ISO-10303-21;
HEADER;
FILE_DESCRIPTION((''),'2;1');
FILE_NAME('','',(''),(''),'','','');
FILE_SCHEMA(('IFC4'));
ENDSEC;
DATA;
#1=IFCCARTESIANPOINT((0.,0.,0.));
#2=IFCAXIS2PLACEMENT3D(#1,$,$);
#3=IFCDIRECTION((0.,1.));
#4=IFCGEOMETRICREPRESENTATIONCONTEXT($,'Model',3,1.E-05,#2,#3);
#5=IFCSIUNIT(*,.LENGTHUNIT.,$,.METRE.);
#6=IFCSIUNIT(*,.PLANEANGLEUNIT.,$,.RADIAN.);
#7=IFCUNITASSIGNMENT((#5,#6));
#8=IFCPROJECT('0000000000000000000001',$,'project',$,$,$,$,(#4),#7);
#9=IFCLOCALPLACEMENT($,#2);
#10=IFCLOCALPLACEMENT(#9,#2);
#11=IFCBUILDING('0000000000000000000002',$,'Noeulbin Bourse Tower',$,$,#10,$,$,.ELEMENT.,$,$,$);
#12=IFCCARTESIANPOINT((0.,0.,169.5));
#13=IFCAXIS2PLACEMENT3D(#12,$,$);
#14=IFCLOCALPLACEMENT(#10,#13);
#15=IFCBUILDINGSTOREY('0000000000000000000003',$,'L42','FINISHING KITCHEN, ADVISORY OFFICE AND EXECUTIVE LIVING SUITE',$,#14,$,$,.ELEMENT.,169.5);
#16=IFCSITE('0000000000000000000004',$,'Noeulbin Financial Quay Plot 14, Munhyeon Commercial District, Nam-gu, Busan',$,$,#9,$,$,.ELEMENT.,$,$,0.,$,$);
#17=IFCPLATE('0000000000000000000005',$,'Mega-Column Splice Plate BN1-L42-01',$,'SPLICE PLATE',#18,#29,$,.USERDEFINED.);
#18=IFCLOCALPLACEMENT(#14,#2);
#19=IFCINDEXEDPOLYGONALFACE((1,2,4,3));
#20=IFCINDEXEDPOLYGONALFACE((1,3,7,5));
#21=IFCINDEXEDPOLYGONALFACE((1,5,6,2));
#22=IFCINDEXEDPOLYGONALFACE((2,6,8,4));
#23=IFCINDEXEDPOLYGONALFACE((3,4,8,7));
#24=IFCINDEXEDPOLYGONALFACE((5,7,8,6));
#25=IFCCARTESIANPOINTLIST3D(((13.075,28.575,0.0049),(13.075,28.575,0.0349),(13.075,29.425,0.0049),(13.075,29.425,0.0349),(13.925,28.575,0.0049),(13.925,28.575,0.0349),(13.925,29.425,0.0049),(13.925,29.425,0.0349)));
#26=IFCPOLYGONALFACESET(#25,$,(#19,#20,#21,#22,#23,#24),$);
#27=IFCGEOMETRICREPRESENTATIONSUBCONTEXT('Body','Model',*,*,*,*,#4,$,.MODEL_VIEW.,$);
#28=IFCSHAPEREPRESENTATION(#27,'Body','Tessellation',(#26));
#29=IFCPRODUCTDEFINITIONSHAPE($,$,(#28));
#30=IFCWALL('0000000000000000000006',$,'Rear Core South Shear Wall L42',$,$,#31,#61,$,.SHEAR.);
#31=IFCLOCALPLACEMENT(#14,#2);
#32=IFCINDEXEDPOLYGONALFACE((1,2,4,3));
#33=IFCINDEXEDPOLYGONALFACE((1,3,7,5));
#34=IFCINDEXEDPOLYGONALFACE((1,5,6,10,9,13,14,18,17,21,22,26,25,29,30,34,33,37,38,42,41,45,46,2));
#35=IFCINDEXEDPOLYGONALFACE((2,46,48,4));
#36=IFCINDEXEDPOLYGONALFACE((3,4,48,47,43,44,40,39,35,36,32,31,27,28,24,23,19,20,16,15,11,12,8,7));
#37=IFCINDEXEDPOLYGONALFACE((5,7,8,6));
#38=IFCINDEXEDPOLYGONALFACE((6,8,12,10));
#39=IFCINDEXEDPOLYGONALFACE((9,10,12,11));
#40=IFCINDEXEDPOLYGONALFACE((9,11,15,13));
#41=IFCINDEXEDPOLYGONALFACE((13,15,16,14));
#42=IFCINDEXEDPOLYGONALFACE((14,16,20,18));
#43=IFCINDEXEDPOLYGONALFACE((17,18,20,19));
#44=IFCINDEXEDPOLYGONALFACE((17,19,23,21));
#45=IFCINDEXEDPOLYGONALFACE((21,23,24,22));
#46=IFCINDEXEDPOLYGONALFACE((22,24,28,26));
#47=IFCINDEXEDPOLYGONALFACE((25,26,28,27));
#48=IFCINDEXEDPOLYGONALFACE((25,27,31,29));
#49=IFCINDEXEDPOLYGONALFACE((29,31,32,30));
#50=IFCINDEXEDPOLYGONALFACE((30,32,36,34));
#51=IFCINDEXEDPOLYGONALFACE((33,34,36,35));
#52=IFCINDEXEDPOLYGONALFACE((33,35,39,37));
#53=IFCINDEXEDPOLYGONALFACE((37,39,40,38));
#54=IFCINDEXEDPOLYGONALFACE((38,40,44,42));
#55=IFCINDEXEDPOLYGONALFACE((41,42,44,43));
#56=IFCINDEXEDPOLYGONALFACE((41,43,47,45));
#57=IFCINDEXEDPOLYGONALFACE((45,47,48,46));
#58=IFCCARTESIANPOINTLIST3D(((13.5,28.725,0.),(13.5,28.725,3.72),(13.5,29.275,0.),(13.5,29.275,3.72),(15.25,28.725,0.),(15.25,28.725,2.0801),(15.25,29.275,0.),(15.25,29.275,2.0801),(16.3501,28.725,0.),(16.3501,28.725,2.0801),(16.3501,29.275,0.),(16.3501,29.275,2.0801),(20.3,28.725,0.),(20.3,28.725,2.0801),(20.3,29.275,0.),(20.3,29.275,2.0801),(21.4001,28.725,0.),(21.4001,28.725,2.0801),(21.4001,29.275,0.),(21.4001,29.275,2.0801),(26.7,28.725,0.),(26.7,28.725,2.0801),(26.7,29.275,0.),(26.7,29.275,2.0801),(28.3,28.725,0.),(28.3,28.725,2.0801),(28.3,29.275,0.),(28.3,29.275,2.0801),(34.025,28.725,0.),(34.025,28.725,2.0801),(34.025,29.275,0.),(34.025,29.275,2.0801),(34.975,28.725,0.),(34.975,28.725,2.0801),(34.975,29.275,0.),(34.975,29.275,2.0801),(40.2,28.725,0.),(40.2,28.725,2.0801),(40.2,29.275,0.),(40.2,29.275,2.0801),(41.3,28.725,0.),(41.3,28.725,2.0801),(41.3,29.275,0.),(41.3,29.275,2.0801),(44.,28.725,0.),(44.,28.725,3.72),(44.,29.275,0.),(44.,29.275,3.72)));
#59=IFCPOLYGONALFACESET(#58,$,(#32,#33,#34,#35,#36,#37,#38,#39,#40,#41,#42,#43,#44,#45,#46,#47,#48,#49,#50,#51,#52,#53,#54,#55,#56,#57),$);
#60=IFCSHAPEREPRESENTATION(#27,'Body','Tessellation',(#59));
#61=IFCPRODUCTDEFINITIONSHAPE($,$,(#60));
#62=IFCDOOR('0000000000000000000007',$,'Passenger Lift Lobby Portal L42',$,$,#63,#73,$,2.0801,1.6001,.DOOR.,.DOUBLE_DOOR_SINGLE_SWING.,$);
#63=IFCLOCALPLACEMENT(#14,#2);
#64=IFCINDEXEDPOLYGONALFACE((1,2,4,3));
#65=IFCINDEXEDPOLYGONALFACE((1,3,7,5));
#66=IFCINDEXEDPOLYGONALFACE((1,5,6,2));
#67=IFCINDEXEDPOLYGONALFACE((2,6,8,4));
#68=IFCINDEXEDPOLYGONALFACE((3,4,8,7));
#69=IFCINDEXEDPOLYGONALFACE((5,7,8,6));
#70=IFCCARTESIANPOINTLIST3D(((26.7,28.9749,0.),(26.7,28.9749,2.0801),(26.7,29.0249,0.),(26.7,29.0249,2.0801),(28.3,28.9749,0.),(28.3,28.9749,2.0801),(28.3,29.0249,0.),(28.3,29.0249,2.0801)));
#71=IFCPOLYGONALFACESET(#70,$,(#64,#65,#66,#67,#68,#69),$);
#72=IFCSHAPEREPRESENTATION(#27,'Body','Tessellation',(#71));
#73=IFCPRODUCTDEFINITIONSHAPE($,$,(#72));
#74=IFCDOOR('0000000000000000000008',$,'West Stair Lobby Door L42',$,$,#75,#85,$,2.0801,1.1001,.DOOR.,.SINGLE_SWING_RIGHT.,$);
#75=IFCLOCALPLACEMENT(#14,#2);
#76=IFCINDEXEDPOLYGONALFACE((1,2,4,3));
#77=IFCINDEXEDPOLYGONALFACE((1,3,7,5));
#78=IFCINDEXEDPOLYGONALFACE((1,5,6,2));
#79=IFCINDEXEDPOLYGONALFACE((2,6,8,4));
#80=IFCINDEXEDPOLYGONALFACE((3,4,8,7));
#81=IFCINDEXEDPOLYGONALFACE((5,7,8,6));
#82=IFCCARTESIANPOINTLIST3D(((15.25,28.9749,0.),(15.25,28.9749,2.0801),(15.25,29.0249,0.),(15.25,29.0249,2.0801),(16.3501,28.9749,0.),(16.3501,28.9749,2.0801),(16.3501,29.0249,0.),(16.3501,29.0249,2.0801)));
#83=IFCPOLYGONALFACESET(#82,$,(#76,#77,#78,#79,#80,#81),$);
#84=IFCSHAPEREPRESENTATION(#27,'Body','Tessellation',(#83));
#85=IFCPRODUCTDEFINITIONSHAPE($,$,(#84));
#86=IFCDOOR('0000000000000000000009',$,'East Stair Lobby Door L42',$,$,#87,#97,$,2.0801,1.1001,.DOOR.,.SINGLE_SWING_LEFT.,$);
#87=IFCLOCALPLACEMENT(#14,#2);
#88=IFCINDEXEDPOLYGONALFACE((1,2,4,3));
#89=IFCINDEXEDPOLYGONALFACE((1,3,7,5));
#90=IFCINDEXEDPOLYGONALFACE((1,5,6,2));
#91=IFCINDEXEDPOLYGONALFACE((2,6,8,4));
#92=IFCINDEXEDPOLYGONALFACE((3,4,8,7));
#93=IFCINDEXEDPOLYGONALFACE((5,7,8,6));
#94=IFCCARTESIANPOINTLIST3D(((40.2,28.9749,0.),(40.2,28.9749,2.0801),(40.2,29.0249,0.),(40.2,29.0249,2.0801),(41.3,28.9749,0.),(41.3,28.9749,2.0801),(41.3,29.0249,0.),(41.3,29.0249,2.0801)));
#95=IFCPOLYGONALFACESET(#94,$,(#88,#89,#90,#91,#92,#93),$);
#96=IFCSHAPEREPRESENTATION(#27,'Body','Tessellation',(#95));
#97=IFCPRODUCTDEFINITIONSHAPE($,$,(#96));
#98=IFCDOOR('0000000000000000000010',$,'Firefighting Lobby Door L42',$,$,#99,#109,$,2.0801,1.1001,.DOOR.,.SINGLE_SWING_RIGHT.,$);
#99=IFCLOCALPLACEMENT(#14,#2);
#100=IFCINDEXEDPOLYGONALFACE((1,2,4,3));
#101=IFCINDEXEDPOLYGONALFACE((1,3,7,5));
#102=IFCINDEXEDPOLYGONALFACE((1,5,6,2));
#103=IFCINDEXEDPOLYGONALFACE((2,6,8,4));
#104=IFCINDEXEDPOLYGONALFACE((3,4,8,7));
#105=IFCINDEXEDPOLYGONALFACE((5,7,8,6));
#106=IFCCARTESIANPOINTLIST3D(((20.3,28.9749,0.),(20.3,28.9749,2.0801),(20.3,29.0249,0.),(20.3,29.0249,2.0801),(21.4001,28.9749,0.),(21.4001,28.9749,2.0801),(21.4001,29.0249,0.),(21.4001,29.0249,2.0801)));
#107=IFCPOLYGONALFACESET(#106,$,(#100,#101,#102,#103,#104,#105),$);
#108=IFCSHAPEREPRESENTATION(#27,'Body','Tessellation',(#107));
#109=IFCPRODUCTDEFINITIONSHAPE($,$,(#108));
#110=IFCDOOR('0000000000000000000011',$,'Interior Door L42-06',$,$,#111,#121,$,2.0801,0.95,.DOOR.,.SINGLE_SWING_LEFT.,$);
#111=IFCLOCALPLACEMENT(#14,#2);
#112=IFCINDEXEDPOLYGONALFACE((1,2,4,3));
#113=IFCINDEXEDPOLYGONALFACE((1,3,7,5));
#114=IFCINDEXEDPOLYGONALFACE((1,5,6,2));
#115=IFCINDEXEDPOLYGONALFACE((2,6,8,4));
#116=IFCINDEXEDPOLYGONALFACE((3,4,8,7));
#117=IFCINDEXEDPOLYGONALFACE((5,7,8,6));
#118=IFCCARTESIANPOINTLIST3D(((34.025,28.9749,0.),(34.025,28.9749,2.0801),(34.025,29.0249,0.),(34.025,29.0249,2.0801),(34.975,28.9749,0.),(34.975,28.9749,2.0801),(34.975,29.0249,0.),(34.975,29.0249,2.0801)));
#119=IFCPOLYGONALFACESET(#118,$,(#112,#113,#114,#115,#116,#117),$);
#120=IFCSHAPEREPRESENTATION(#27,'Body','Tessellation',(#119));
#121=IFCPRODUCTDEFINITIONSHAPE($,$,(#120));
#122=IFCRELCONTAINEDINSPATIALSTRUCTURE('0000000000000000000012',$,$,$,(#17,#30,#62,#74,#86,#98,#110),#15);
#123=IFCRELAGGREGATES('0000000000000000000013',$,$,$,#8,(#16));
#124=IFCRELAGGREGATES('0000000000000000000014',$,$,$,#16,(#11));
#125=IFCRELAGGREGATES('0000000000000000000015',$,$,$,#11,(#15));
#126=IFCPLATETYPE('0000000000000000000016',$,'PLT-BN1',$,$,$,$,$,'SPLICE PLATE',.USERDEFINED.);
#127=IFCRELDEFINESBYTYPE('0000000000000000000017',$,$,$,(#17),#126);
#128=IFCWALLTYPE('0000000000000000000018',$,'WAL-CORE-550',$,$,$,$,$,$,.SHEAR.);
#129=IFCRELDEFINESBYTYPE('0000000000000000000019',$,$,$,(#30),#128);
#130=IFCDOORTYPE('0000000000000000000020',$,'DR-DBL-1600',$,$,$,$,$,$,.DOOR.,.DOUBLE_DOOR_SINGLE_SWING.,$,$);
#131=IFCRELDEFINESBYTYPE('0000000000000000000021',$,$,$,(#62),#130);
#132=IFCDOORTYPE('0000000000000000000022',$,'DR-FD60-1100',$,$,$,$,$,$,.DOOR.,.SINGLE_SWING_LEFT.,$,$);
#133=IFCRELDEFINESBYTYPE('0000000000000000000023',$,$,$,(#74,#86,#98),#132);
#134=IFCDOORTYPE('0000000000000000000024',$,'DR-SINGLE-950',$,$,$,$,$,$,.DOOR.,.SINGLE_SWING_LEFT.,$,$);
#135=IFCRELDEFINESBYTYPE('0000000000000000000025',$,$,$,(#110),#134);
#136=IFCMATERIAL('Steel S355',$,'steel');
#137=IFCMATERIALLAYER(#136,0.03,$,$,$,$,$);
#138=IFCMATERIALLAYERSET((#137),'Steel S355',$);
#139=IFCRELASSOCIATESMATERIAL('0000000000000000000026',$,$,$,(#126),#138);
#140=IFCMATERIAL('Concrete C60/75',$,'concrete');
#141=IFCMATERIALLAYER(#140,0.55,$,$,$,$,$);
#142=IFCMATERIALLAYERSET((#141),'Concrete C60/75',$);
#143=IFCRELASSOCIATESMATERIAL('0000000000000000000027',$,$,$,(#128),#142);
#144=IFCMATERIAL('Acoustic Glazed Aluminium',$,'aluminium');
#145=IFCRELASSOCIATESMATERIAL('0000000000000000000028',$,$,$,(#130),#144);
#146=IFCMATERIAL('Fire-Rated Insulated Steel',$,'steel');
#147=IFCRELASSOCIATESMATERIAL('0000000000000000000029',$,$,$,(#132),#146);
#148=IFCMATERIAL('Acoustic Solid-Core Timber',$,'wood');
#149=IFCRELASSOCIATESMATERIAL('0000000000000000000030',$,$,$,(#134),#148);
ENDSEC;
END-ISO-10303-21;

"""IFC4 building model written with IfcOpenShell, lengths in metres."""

from ifc_helpers import new_model, si_unit, direction, frame, frame_2d, origin, origin_2d, place, context, subcontext, project, spatial, rectangle, extrude, material, layer, layer_set, type_object, element, fill, save


model = new_model("IFC4")

# Units and contexts
model_context = context("Model", 3, precision=1e-05, world=origin(), true_north=direction((0.0, 1.0)))
body_context = subcontext(model_context, "Body", "Model", "MODEL_VIEW")
ifc_project = project(units=[si_unit("LENGTHUNIT", "METRE"), si_unit("PLANEANGLEUNIT", "RADIAN")], contexts=[model_context])

# Site, building, storey
site_placement = place(None, origin())
site = spatial("IfcSite", under=ifc_project, at=site_placement, Name="Noeulbin Financial Quay Plot 14, Munhyeon Commercial District, Nam-gu, Busan", CompositionType="ELEMENT", RefElevation=0.0)
building_placement = place(site_placement, origin())
building = spatial("IfcBuilding", under=site, at=building_placement, Name="Noeulbin Bourse Tower", CompositionType="ELEMENT")
storey_placement = place(building_placement, frame((0.0, 0.0, 169.5)))
storey = spatial("IfcBuildingStorey", under=building, at=storey_placement, Name="L42", Description="FINISHING KITCHEN, ADVISORY OFFICE AND EXECUTIVE LIVING SUITE", CompositionType="ELEMENT", Elevation=169.5)

# Shared definitions
ifc_material_1 = material(Name="Steel S355", Category="steel")

# Plate
ifc_layer_1 = layer(ifc_material_1, 0.03)
ifc_layer_set_1 = layer_set([ifc_layer_1], Name="Steel S355")
plate_type = type_object("IfcPlateType", Name="PLT-BN1", ElementType="SPLICE PLATE", PredefinedType="USERDEFINED", material=ifc_layer_set_1)
plate_placement = place(storey_placement, frame((13.5, 29.0, 0.0049), z_axis=(0.0, 0.0, 1.0), x_axis=(1.0, 0.0, 0.0)))
element("IfcPlate", 1, at=plate_placement, inside=storey, type_object=plate_type, Name="Mega-Column Splice Plate BN1-L42-01", ObjectType="SPLICE PLATE", PredefinedType="USERDEFINED", context=body_context, shape_type="SweptSolid", body=[
    extrude(rectangle(XDim=0.8501, YDim=0.8501, at=origin_2d()), origin(), (0.0, 0.0, 1.0), 0.03),
])

# Wall, openings, doors
ifc_material_2 = material(Name="Concrete C60/75", Category="concrete")
ifc_layer_2 = layer(ifc_material_2, 0.55)
ifc_layer_set_2 = layer_set([ifc_layer_2], Name="Concrete C60/75")
wall_type = type_object("IfcWallType", Name="WAL-CORE-550", PredefinedType="SHEAR", material=ifc_layer_set_2)
wall_placement = place(storey_placement, frame((13.5, 29.0, 0.0), z_axis=(0.0, 0.0, 1.0), x_axis=(1.0, 0.0, 0.0)))
wall = element("IfcWall", 2, at=wall_placement, inside=storey, type_object=wall_type, Name="Rear Core South Shear Wall L42", PredefinedType="SHEAR", context=body_context, shape_type="SweptSolid", body=[
    extrude(rectangle(XDim=30.5, YDim=0.55, at=frame_2d((15.25, 0.0))), origin(), (0.0, 0.0, 1.0), 3.72),
])
opening_1_placement = place(wall_placement, frame((1.75, 0.0, 0.0)))
opening_1 = element("IfcOpeningElement", 3, at=opening_1_placement, cuts=wall, PredefinedType="OPENING", context=body_context, shape_type="SweptSolid", body=[
    extrude(rectangle(XDim=1.1001, YDim=2.0801, at=frame_2d((0.55, 1.04))), frame((0.0, 0.2849, 0.0), z_axis=(0.0, -1.0, 0.0), x_axis=(1.0, 0.0, 0.0)), (0.0, 0.0, 1.0), 0.5701),
])
opening_2_placement = place(wall_placement, frame((26.7, 0.0, 0.0)))
opening_2 = element("IfcOpeningElement", 4, at=opening_2_placement, cuts=wall, PredefinedType="OPENING", context=body_context, shape_type="SweptSolid", body=[
    extrude(rectangle(XDim=1.1001, YDim=2.0801, at=frame_2d((0.55, 1.04))), frame((0.0, 0.2849, 0.0), z_axis=(0.0, -1.0, 0.0), x_axis=(1.0, 0.0, 0.0)), (0.0, 0.0, 1.0), 0.5701),
])
opening_3_placement = place(wall_placement, frame((6.8, 0.0, 0.0)))
opening_3 = element("IfcOpeningElement", 5, at=opening_3_placement, cuts=wall, PredefinedType="OPENING", context=body_context, shape_type="SweptSolid", body=[
    extrude(rectangle(XDim=1.1001, YDim=2.0801, at=frame_2d((0.55, 1.04))), frame((0.0, 0.2849, 0.0), z_axis=(0.0, -1.0, 0.0), x_axis=(1.0, 0.0, 0.0)), (0.0, 0.0, 1.0), 0.5701),
])
opening_4_placement = place(wall_placement, frame((13.2, 0.0, 0.0)))
opening_4 = element("IfcOpeningElement", 6, at=opening_4_placement, cuts=wall, PredefinedType="OPENING", context=body_context, shape_type="SweptSolid", body=[
    extrude(rectangle(XDim=1.6001, YDim=2.0801, at=frame_2d((0.8, 1.04))), frame((0.0, 0.2849, 0.0), z_axis=(0.0, -1.0, 0.0), x_axis=(1.0, 0.0, 0.0)), (0.0, 0.0, 1.0), 0.5701),
])
opening_5_placement = place(wall_placement, frame((20.5249, 0.0, 0.0)))
opening_5 = element("IfcOpeningElement", 7, at=opening_5_placement, cuts=wall, PredefinedType="OPENING", context=body_context, shape_type="SweptSolid", body=[
    extrude(rectangle(XDim=0.95, YDim=2.0801, at=frame_2d((0.4751, 1.04))), frame((0.0, 0.2849, 0.0), z_axis=(0.0, -1.0, 0.0), x_axis=(1.0, 0.0, 0.0)), (0.0, 0.0, 1.0), 0.5701),
])
ifc_material_3 = material(Name="Acoustic Glazed Aluminium", Category="aluminium")
door_type_1 = type_object("IfcDoorType", Name="DR-DBL-1600", OperationType="DOUBLE_DOOR_SINGLE_SWING", PredefinedType="DOOR", material=ifc_material_3)
door_1_placement = place(opening_4_placement, origin())
door_1 = element("IfcDoor", 8, at=door_1_placement, inside=storey, type_object=door_type_1, Name="Passenger Lift Lobby Portal L42", OperationType="DOUBLE_DOOR_SINGLE_SWING", OverallHeight=2.0801, OverallWidth=1.6001, PredefinedType="DOOR", context=body_context, shape_type="SweptSolid", body=[
    extrude(rectangle(XDim=1.6001, YDim=2.0801, at=frame_2d((0.8, 1.04))), frame((0.0, 0.0249, 0.0), z_axis=(0.0, -1.0, 0.0), x_axis=(1.0, 0.0, 0.0)), (0.0, 0.0, 1.0), 0.05),
])
fill(opening_4, door_1)
ifc_material_4 = material(Name="Fire-Rated Insulated Steel", Category="steel")
door_type_2 = type_object("IfcDoorType", Name="DR-FD60-1100", OperationType="SINGLE_SWING_LEFT", PredefinedType="DOOR", material=ifc_material_4)
door_2_placement = place(opening_1_placement, origin())
door_2 = element("IfcDoor", 9, at=door_2_placement, inside=storey, type_object=door_type_2, Name="West Stair Lobby Door L42", OperationType="SINGLE_SWING_RIGHT", OverallHeight=2.0801, OverallWidth=1.1001, PredefinedType="DOOR", context=body_context, shape_type="SweptSolid", body=[
    extrude(rectangle(XDim=1.1001, YDim=2.0801, at=frame_2d((0.55, 1.04))), frame((0.0, 0.0249, 0.0), z_axis=(0.0, -1.0, 0.0), x_axis=(1.0, 0.0, 0.0)), (0.0, 0.0, 1.0), 0.05),
])
fill(opening_1, door_2)
door_3_placement = place(opening_2_placement, origin())
door_3 = element("IfcDoor", 10, at=door_3_placement, inside=storey, type_object=door_type_2, Name="East Stair Lobby Door L42", OperationType="SINGLE_SWING_LEFT", OverallHeight=2.0801, OverallWidth=1.1001, PredefinedType="DOOR", context=body_context, shape_type="SweptSolid", body=[
    extrude(rectangle(XDim=1.1001, YDim=2.0801, at=frame_2d((0.55, 1.04))), frame((0.0, 0.0249, 0.0), z_axis=(0.0, -1.0, 0.0), x_axis=(1.0, 0.0, 0.0)), (0.0, 0.0, 1.0), 0.05),
])
fill(opening_2, door_3)
door_4_placement = place(opening_3_placement, origin())
door_4 = element("IfcDoor", 11, at=door_4_placement, inside=storey, type_object=door_type_2, Name="Firefighting Lobby Door L42", OperationType="SINGLE_SWING_RIGHT", OverallHeight=2.0801, OverallWidth=1.1001, PredefinedType="DOOR", context=body_context, shape_type="SweptSolid", body=[
    extrude(rectangle(XDim=1.1001, YDim=2.0801, at=frame_2d((0.55, 1.04))), frame((0.0, 0.0249, 0.0), z_axis=(0.0, -1.0, 0.0), x_axis=(1.0, 0.0, 0.0)), (0.0, 0.0, 1.0), 0.05),
])
fill(opening_3, door_4)
ifc_material_5 = material(Name="Acoustic Solid-Core Timber", Category="wood")
door_type_3 = type_object("IfcDoorType", Name="DR-SINGLE-950", OperationType="SINGLE_SWING_LEFT", PredefinedType="DOOR", material=ifc_material_5)
door_5_placement = place(opening_5_placement, origin())
door_5 = element("IfcDoor", 12, at=door_5_placement, inside=storey, type_object=door_type_3, Name="Interior Door L42-06", OperationType="SINGLE_SWING_LEFT", OverallHeight=2.0801, OverallWidth=0.95, PredefinedType="DOOR", context=body_context, shape_type="SweptSolid", body=[
    extrude(rectangle(XDim=0.95, YDim=2.0801, at=frame_2d((0.4751, 1.04))), frame((0.0, 0.0249, 0.0), z_axis=(0.0, -1.0, 0.0), x_axis=(1.0, 0.0, 0.0)), (0.0, 0.0, 1.0), 0.05),
])
fill(opening_5, door_5)

save(model, "model.ifc")
